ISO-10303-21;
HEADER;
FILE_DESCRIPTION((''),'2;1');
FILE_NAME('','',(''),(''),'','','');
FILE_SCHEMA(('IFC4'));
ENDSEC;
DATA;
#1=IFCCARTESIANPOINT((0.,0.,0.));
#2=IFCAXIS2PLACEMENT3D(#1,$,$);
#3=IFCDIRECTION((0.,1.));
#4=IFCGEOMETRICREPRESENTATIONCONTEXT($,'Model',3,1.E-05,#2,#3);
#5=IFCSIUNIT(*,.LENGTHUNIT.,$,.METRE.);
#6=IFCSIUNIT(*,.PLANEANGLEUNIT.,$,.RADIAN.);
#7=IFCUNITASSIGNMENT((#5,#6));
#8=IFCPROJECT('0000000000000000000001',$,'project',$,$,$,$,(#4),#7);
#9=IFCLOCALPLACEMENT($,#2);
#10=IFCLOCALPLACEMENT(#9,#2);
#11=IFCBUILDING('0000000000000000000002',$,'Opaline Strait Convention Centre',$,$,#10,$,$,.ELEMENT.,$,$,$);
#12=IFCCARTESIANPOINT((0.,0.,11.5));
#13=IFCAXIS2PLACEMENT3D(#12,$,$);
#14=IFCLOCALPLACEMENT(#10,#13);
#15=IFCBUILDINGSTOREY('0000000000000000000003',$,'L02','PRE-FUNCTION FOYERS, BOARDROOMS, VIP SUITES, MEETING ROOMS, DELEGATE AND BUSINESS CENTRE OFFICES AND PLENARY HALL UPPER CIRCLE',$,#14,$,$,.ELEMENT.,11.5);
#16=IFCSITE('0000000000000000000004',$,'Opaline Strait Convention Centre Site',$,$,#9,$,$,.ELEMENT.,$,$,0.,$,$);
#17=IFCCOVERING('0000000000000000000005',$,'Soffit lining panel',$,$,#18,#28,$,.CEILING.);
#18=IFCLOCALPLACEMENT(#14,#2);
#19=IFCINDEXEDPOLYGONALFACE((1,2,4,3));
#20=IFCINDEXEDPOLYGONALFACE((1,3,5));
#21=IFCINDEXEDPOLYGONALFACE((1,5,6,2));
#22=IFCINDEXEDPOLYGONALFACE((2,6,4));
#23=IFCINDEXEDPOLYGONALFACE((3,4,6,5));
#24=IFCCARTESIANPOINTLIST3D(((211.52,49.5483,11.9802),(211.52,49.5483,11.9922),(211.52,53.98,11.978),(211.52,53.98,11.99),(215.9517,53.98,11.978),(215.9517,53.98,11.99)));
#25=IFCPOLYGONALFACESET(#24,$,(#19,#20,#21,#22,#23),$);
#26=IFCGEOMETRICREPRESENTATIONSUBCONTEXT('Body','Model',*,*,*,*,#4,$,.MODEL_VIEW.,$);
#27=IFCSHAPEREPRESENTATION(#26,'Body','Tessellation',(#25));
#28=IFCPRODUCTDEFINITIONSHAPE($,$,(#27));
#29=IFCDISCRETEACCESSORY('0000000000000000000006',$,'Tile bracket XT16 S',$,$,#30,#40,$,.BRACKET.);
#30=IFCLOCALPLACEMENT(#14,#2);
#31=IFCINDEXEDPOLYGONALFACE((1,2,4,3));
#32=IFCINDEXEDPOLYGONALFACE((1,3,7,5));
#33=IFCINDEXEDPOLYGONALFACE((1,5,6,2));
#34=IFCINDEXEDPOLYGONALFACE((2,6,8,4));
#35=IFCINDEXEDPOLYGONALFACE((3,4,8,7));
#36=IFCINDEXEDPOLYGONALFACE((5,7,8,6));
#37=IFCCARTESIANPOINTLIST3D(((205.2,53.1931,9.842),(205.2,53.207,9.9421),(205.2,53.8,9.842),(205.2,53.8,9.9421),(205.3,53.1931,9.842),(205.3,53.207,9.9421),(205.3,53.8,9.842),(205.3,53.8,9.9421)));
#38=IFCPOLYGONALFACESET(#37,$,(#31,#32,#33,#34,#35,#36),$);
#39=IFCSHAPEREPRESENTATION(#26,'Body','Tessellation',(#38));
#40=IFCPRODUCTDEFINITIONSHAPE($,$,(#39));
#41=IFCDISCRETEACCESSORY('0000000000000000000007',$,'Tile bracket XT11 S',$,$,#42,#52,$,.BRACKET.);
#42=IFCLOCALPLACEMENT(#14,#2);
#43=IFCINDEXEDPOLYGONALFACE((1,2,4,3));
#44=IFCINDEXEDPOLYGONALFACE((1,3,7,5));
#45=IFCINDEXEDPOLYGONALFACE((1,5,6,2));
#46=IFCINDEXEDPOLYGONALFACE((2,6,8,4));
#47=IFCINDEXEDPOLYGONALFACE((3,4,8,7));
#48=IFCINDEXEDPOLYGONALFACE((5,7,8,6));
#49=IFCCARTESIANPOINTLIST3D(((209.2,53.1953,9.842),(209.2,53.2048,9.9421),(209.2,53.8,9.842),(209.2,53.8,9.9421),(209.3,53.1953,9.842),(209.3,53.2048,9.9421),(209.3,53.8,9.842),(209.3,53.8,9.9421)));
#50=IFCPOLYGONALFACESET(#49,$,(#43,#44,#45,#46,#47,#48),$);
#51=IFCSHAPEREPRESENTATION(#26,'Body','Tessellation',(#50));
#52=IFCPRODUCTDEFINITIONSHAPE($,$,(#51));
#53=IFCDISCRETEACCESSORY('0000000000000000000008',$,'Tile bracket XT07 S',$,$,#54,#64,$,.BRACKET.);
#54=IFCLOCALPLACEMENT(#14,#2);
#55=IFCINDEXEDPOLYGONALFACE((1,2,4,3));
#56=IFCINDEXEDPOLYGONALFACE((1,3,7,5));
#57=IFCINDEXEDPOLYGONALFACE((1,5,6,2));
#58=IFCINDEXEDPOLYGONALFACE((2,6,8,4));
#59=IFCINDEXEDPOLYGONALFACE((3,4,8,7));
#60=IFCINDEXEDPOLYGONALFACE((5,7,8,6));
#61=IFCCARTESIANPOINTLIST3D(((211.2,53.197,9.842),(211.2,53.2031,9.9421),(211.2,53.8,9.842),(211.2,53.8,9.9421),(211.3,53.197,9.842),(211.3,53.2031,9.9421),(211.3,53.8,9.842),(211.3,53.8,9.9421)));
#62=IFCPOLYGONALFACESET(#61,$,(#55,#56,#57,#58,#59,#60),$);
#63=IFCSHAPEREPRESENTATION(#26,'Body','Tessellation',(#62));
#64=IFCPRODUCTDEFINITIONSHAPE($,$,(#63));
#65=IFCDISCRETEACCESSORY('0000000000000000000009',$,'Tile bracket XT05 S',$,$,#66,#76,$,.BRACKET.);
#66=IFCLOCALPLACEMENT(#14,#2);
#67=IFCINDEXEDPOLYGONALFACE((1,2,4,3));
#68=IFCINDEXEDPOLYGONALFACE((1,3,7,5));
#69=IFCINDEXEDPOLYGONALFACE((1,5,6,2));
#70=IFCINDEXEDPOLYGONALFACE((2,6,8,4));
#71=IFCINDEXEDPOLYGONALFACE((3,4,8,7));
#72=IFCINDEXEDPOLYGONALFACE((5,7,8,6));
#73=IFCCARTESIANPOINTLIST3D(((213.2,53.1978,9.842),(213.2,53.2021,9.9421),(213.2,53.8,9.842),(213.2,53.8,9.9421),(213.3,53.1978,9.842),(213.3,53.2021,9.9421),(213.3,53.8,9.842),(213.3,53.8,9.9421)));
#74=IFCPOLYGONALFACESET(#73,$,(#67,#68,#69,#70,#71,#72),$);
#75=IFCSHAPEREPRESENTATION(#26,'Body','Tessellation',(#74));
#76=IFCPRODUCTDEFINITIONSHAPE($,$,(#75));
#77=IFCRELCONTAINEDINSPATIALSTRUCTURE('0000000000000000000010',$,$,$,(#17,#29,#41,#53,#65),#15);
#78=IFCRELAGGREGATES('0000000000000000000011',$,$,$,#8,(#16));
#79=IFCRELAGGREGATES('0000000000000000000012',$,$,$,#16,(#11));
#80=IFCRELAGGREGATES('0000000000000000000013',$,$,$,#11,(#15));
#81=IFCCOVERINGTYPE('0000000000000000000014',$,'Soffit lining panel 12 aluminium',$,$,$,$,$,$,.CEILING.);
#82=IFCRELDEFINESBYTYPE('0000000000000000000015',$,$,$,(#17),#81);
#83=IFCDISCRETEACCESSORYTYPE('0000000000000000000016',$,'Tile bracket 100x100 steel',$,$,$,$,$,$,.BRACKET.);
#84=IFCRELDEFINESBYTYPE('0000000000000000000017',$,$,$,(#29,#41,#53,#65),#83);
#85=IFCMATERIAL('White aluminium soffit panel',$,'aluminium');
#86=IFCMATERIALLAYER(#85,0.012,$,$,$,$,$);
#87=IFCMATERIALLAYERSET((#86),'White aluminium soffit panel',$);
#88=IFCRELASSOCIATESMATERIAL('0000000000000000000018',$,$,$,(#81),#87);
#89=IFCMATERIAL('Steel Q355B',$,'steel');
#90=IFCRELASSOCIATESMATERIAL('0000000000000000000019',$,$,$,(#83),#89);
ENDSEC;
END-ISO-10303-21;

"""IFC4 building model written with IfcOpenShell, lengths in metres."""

from ifc_helpers import new_model, si_unit, direction, frame, origin, place, context, subcontext, project, spatial, polyline, outline, extrude, material, layer, layer_set, type_object, element, save


model = new_model("IFC4")

# Units and contexts
model_context = context("Model", 3, precision=1e-05, world=origin(), true_north=direction((0.0, 1.0)))
body_context = subcontext(model_context, "Body", "Model", "MODEL_VIEW")
ifc_project = project(units=[si_unit("LENGTHUNIT", "METRE"), si_unit("PLANEANGLEUNIT", "RADIAN")], contexts=[model_context])

# Site, building, storey
site_placement = place(None, origin())
site = spatial("IfcSite", under=ifc_project, at=site_placement, Name="Opaline Strait Convention Centre Site", CompositionType="ELEMENT", RefElevation=0.0)
building_placement = place(site_placement, origin())
building = spatial("IfcBuilding", under=site, at=building_placement, Name="Opaline Strait Convention Centre", CompositionType="ELEMENT")
storey_placement = place(building_placement, frame((0.0, 0.0, 11.5)))
storey = spatial("IfcBuildingStorey", under=building, at=storey_placement, Name="L02", Description="PRE-FUNCTION FOYERS, BOARDROOMS, VIP SUITES, MEETING ROOMS, DELEGATE AND BUSINESS CENTRE OFFICES AND PLENARY HALL UPPER CIRCLE", CompositionType="ELEMENT", Elevation=11.5)

# Shared definitions
ifc_material_1 = material(Name="Steel Q355B", Category="steel")

# Covering
ifc_material_2 = material(Name="White aluminium soffit panel", Category="aluminium")
ifc_layer = layer(ifc_material_2, 0.012)
ifc_layer_set = layer_set([ifc_layer], Name="White aluminium soffit panel")
covering_type_1 = type_object("IfcCoveringType", Name="Soffit lining panel 12 aluminium", PredefinedType="CEILING", material=ifc_layer_set)
covering_1_placement = place(storey_placement, frame((211.52, 49.5483, 11.9922), z_axis=(0.0, 0.000496, 1.0), x_axis=(0.0, 1.0, -0.000496)))
element("IfcCovering", 1, at=covering_1_placement, inside=storey, type_object=covering_type_1, Name="Soffit lining panel", PredefinedType="CEILING", context=body_context, shape_type="SweptSolid", body=[
    extrude(outline(polyline([(0.0, 0.0), (4.4316, 0.0), (4.4316, -4.4316), (0.0, 0.0)])), origin(), (0.0, 0.0, -1.0), 0.012),
])

# Discrete accessories
discrete_accessory_type = type_object("IfcDiscreteAccessoryType", Name="Tile bracket 100x100 steel", PredefinedType="BRACKET", material=ifc_material_1)
discrete_accessory_1_placement = place(storey_placement, frame((205.2, 53.8, 9.8921), z_axis=(1.0, 0.0, 0.0), x_axis=(0.0, 1.0, 0.0)))
element("IfcDiscreteAccessory", 2, at=discrete_accessory_1_placement, inside=storey, type_object=discrete_accessory_type, Name="Tile bracket XT16 S", PredefinedType="BRACKET", context=body_context, shape_type="SweptSolid", body=[
    extrude(outline(polyline([(0.0, -0.05), (0.0, 0.05), (-0.593, 0.05), (-0.6069, -0.05), (0.0, -0.05)])), origin(), (0.0, 0.0, 1.0), 0.1001),
])
discrete_accessory_2_placement = place(storey_placement, frame((209.2, 53.8, 9.8921), z_axis=(1.0, 0.0, 0.0), x_axis=(0.0, 1.0, 0.0)))
element("IfcDiscreteAccessory", 3, at=discrete_accessory_2_placement, inside=storey, type_object=discrete_accessory_type, Name="Tile bracket XT11 S", PredefinedType="BRACKET", context=body_context, shape_type="SweptSolid", body=[
    extrude(outline(polyline([(0.0, -0.05), (0.0, 0.05), (-0.5952, 0.05), (-0.6047, -0.05), (0.0, -0.05)])), origin(), (0.0, 0.0, 1.0), 0.1001),
])
discrete_accessory_3_placement = place(storey_placement, frame((211.2, 53.8, 9.8921), z_axis=(1.0, 0.0, 0.0), x_axis=(0.0, 1.0, 0.0)))
element("IfcDiscreteAccessory", 4, at=discrete_accessory_3_placement, inside=storey, type_object=discrete_accessory_type, Name="Tile bracket XT07 S", PredefinedType="BRACKET", context=body_context, shape_type="SweptSolid", body=[
    extrude(outline(polyline([(0.0, -0.05), (0.0, 0.05), (-0.5969, 0.05), (-0.603, -0.05), (0.0, -0.05)])), origin(), (0.0, 0.0, 1.0), 0.1001),
])
discrete_accessory_4_placement = place(storey_placement, frame((213.2, 53.8, 9.8921), z_axis=(1.0, 0.0, 0.0), x_axis=(0.0, 1.0, 0.0)))
element("IfcDiscreteAccessory", 5, at=discrete_accessory_4_placement, inside=storey, type_object=discrete_accessory_type, Name="Tile bracket XT05 S", PredefinedType="BRACKET", context=body_context, shape_type="SweptSolid", body=[
    extrude(outline(polyline([(0.0, -0.05), (0.0, 0.05), (-0.5979, 0.05), (-0.6023, -0.05), (0.0, -0.05)])), origin(), (0.0, 0.0, 1.0), 0.1001),
])

save(model, "model.ifc")
